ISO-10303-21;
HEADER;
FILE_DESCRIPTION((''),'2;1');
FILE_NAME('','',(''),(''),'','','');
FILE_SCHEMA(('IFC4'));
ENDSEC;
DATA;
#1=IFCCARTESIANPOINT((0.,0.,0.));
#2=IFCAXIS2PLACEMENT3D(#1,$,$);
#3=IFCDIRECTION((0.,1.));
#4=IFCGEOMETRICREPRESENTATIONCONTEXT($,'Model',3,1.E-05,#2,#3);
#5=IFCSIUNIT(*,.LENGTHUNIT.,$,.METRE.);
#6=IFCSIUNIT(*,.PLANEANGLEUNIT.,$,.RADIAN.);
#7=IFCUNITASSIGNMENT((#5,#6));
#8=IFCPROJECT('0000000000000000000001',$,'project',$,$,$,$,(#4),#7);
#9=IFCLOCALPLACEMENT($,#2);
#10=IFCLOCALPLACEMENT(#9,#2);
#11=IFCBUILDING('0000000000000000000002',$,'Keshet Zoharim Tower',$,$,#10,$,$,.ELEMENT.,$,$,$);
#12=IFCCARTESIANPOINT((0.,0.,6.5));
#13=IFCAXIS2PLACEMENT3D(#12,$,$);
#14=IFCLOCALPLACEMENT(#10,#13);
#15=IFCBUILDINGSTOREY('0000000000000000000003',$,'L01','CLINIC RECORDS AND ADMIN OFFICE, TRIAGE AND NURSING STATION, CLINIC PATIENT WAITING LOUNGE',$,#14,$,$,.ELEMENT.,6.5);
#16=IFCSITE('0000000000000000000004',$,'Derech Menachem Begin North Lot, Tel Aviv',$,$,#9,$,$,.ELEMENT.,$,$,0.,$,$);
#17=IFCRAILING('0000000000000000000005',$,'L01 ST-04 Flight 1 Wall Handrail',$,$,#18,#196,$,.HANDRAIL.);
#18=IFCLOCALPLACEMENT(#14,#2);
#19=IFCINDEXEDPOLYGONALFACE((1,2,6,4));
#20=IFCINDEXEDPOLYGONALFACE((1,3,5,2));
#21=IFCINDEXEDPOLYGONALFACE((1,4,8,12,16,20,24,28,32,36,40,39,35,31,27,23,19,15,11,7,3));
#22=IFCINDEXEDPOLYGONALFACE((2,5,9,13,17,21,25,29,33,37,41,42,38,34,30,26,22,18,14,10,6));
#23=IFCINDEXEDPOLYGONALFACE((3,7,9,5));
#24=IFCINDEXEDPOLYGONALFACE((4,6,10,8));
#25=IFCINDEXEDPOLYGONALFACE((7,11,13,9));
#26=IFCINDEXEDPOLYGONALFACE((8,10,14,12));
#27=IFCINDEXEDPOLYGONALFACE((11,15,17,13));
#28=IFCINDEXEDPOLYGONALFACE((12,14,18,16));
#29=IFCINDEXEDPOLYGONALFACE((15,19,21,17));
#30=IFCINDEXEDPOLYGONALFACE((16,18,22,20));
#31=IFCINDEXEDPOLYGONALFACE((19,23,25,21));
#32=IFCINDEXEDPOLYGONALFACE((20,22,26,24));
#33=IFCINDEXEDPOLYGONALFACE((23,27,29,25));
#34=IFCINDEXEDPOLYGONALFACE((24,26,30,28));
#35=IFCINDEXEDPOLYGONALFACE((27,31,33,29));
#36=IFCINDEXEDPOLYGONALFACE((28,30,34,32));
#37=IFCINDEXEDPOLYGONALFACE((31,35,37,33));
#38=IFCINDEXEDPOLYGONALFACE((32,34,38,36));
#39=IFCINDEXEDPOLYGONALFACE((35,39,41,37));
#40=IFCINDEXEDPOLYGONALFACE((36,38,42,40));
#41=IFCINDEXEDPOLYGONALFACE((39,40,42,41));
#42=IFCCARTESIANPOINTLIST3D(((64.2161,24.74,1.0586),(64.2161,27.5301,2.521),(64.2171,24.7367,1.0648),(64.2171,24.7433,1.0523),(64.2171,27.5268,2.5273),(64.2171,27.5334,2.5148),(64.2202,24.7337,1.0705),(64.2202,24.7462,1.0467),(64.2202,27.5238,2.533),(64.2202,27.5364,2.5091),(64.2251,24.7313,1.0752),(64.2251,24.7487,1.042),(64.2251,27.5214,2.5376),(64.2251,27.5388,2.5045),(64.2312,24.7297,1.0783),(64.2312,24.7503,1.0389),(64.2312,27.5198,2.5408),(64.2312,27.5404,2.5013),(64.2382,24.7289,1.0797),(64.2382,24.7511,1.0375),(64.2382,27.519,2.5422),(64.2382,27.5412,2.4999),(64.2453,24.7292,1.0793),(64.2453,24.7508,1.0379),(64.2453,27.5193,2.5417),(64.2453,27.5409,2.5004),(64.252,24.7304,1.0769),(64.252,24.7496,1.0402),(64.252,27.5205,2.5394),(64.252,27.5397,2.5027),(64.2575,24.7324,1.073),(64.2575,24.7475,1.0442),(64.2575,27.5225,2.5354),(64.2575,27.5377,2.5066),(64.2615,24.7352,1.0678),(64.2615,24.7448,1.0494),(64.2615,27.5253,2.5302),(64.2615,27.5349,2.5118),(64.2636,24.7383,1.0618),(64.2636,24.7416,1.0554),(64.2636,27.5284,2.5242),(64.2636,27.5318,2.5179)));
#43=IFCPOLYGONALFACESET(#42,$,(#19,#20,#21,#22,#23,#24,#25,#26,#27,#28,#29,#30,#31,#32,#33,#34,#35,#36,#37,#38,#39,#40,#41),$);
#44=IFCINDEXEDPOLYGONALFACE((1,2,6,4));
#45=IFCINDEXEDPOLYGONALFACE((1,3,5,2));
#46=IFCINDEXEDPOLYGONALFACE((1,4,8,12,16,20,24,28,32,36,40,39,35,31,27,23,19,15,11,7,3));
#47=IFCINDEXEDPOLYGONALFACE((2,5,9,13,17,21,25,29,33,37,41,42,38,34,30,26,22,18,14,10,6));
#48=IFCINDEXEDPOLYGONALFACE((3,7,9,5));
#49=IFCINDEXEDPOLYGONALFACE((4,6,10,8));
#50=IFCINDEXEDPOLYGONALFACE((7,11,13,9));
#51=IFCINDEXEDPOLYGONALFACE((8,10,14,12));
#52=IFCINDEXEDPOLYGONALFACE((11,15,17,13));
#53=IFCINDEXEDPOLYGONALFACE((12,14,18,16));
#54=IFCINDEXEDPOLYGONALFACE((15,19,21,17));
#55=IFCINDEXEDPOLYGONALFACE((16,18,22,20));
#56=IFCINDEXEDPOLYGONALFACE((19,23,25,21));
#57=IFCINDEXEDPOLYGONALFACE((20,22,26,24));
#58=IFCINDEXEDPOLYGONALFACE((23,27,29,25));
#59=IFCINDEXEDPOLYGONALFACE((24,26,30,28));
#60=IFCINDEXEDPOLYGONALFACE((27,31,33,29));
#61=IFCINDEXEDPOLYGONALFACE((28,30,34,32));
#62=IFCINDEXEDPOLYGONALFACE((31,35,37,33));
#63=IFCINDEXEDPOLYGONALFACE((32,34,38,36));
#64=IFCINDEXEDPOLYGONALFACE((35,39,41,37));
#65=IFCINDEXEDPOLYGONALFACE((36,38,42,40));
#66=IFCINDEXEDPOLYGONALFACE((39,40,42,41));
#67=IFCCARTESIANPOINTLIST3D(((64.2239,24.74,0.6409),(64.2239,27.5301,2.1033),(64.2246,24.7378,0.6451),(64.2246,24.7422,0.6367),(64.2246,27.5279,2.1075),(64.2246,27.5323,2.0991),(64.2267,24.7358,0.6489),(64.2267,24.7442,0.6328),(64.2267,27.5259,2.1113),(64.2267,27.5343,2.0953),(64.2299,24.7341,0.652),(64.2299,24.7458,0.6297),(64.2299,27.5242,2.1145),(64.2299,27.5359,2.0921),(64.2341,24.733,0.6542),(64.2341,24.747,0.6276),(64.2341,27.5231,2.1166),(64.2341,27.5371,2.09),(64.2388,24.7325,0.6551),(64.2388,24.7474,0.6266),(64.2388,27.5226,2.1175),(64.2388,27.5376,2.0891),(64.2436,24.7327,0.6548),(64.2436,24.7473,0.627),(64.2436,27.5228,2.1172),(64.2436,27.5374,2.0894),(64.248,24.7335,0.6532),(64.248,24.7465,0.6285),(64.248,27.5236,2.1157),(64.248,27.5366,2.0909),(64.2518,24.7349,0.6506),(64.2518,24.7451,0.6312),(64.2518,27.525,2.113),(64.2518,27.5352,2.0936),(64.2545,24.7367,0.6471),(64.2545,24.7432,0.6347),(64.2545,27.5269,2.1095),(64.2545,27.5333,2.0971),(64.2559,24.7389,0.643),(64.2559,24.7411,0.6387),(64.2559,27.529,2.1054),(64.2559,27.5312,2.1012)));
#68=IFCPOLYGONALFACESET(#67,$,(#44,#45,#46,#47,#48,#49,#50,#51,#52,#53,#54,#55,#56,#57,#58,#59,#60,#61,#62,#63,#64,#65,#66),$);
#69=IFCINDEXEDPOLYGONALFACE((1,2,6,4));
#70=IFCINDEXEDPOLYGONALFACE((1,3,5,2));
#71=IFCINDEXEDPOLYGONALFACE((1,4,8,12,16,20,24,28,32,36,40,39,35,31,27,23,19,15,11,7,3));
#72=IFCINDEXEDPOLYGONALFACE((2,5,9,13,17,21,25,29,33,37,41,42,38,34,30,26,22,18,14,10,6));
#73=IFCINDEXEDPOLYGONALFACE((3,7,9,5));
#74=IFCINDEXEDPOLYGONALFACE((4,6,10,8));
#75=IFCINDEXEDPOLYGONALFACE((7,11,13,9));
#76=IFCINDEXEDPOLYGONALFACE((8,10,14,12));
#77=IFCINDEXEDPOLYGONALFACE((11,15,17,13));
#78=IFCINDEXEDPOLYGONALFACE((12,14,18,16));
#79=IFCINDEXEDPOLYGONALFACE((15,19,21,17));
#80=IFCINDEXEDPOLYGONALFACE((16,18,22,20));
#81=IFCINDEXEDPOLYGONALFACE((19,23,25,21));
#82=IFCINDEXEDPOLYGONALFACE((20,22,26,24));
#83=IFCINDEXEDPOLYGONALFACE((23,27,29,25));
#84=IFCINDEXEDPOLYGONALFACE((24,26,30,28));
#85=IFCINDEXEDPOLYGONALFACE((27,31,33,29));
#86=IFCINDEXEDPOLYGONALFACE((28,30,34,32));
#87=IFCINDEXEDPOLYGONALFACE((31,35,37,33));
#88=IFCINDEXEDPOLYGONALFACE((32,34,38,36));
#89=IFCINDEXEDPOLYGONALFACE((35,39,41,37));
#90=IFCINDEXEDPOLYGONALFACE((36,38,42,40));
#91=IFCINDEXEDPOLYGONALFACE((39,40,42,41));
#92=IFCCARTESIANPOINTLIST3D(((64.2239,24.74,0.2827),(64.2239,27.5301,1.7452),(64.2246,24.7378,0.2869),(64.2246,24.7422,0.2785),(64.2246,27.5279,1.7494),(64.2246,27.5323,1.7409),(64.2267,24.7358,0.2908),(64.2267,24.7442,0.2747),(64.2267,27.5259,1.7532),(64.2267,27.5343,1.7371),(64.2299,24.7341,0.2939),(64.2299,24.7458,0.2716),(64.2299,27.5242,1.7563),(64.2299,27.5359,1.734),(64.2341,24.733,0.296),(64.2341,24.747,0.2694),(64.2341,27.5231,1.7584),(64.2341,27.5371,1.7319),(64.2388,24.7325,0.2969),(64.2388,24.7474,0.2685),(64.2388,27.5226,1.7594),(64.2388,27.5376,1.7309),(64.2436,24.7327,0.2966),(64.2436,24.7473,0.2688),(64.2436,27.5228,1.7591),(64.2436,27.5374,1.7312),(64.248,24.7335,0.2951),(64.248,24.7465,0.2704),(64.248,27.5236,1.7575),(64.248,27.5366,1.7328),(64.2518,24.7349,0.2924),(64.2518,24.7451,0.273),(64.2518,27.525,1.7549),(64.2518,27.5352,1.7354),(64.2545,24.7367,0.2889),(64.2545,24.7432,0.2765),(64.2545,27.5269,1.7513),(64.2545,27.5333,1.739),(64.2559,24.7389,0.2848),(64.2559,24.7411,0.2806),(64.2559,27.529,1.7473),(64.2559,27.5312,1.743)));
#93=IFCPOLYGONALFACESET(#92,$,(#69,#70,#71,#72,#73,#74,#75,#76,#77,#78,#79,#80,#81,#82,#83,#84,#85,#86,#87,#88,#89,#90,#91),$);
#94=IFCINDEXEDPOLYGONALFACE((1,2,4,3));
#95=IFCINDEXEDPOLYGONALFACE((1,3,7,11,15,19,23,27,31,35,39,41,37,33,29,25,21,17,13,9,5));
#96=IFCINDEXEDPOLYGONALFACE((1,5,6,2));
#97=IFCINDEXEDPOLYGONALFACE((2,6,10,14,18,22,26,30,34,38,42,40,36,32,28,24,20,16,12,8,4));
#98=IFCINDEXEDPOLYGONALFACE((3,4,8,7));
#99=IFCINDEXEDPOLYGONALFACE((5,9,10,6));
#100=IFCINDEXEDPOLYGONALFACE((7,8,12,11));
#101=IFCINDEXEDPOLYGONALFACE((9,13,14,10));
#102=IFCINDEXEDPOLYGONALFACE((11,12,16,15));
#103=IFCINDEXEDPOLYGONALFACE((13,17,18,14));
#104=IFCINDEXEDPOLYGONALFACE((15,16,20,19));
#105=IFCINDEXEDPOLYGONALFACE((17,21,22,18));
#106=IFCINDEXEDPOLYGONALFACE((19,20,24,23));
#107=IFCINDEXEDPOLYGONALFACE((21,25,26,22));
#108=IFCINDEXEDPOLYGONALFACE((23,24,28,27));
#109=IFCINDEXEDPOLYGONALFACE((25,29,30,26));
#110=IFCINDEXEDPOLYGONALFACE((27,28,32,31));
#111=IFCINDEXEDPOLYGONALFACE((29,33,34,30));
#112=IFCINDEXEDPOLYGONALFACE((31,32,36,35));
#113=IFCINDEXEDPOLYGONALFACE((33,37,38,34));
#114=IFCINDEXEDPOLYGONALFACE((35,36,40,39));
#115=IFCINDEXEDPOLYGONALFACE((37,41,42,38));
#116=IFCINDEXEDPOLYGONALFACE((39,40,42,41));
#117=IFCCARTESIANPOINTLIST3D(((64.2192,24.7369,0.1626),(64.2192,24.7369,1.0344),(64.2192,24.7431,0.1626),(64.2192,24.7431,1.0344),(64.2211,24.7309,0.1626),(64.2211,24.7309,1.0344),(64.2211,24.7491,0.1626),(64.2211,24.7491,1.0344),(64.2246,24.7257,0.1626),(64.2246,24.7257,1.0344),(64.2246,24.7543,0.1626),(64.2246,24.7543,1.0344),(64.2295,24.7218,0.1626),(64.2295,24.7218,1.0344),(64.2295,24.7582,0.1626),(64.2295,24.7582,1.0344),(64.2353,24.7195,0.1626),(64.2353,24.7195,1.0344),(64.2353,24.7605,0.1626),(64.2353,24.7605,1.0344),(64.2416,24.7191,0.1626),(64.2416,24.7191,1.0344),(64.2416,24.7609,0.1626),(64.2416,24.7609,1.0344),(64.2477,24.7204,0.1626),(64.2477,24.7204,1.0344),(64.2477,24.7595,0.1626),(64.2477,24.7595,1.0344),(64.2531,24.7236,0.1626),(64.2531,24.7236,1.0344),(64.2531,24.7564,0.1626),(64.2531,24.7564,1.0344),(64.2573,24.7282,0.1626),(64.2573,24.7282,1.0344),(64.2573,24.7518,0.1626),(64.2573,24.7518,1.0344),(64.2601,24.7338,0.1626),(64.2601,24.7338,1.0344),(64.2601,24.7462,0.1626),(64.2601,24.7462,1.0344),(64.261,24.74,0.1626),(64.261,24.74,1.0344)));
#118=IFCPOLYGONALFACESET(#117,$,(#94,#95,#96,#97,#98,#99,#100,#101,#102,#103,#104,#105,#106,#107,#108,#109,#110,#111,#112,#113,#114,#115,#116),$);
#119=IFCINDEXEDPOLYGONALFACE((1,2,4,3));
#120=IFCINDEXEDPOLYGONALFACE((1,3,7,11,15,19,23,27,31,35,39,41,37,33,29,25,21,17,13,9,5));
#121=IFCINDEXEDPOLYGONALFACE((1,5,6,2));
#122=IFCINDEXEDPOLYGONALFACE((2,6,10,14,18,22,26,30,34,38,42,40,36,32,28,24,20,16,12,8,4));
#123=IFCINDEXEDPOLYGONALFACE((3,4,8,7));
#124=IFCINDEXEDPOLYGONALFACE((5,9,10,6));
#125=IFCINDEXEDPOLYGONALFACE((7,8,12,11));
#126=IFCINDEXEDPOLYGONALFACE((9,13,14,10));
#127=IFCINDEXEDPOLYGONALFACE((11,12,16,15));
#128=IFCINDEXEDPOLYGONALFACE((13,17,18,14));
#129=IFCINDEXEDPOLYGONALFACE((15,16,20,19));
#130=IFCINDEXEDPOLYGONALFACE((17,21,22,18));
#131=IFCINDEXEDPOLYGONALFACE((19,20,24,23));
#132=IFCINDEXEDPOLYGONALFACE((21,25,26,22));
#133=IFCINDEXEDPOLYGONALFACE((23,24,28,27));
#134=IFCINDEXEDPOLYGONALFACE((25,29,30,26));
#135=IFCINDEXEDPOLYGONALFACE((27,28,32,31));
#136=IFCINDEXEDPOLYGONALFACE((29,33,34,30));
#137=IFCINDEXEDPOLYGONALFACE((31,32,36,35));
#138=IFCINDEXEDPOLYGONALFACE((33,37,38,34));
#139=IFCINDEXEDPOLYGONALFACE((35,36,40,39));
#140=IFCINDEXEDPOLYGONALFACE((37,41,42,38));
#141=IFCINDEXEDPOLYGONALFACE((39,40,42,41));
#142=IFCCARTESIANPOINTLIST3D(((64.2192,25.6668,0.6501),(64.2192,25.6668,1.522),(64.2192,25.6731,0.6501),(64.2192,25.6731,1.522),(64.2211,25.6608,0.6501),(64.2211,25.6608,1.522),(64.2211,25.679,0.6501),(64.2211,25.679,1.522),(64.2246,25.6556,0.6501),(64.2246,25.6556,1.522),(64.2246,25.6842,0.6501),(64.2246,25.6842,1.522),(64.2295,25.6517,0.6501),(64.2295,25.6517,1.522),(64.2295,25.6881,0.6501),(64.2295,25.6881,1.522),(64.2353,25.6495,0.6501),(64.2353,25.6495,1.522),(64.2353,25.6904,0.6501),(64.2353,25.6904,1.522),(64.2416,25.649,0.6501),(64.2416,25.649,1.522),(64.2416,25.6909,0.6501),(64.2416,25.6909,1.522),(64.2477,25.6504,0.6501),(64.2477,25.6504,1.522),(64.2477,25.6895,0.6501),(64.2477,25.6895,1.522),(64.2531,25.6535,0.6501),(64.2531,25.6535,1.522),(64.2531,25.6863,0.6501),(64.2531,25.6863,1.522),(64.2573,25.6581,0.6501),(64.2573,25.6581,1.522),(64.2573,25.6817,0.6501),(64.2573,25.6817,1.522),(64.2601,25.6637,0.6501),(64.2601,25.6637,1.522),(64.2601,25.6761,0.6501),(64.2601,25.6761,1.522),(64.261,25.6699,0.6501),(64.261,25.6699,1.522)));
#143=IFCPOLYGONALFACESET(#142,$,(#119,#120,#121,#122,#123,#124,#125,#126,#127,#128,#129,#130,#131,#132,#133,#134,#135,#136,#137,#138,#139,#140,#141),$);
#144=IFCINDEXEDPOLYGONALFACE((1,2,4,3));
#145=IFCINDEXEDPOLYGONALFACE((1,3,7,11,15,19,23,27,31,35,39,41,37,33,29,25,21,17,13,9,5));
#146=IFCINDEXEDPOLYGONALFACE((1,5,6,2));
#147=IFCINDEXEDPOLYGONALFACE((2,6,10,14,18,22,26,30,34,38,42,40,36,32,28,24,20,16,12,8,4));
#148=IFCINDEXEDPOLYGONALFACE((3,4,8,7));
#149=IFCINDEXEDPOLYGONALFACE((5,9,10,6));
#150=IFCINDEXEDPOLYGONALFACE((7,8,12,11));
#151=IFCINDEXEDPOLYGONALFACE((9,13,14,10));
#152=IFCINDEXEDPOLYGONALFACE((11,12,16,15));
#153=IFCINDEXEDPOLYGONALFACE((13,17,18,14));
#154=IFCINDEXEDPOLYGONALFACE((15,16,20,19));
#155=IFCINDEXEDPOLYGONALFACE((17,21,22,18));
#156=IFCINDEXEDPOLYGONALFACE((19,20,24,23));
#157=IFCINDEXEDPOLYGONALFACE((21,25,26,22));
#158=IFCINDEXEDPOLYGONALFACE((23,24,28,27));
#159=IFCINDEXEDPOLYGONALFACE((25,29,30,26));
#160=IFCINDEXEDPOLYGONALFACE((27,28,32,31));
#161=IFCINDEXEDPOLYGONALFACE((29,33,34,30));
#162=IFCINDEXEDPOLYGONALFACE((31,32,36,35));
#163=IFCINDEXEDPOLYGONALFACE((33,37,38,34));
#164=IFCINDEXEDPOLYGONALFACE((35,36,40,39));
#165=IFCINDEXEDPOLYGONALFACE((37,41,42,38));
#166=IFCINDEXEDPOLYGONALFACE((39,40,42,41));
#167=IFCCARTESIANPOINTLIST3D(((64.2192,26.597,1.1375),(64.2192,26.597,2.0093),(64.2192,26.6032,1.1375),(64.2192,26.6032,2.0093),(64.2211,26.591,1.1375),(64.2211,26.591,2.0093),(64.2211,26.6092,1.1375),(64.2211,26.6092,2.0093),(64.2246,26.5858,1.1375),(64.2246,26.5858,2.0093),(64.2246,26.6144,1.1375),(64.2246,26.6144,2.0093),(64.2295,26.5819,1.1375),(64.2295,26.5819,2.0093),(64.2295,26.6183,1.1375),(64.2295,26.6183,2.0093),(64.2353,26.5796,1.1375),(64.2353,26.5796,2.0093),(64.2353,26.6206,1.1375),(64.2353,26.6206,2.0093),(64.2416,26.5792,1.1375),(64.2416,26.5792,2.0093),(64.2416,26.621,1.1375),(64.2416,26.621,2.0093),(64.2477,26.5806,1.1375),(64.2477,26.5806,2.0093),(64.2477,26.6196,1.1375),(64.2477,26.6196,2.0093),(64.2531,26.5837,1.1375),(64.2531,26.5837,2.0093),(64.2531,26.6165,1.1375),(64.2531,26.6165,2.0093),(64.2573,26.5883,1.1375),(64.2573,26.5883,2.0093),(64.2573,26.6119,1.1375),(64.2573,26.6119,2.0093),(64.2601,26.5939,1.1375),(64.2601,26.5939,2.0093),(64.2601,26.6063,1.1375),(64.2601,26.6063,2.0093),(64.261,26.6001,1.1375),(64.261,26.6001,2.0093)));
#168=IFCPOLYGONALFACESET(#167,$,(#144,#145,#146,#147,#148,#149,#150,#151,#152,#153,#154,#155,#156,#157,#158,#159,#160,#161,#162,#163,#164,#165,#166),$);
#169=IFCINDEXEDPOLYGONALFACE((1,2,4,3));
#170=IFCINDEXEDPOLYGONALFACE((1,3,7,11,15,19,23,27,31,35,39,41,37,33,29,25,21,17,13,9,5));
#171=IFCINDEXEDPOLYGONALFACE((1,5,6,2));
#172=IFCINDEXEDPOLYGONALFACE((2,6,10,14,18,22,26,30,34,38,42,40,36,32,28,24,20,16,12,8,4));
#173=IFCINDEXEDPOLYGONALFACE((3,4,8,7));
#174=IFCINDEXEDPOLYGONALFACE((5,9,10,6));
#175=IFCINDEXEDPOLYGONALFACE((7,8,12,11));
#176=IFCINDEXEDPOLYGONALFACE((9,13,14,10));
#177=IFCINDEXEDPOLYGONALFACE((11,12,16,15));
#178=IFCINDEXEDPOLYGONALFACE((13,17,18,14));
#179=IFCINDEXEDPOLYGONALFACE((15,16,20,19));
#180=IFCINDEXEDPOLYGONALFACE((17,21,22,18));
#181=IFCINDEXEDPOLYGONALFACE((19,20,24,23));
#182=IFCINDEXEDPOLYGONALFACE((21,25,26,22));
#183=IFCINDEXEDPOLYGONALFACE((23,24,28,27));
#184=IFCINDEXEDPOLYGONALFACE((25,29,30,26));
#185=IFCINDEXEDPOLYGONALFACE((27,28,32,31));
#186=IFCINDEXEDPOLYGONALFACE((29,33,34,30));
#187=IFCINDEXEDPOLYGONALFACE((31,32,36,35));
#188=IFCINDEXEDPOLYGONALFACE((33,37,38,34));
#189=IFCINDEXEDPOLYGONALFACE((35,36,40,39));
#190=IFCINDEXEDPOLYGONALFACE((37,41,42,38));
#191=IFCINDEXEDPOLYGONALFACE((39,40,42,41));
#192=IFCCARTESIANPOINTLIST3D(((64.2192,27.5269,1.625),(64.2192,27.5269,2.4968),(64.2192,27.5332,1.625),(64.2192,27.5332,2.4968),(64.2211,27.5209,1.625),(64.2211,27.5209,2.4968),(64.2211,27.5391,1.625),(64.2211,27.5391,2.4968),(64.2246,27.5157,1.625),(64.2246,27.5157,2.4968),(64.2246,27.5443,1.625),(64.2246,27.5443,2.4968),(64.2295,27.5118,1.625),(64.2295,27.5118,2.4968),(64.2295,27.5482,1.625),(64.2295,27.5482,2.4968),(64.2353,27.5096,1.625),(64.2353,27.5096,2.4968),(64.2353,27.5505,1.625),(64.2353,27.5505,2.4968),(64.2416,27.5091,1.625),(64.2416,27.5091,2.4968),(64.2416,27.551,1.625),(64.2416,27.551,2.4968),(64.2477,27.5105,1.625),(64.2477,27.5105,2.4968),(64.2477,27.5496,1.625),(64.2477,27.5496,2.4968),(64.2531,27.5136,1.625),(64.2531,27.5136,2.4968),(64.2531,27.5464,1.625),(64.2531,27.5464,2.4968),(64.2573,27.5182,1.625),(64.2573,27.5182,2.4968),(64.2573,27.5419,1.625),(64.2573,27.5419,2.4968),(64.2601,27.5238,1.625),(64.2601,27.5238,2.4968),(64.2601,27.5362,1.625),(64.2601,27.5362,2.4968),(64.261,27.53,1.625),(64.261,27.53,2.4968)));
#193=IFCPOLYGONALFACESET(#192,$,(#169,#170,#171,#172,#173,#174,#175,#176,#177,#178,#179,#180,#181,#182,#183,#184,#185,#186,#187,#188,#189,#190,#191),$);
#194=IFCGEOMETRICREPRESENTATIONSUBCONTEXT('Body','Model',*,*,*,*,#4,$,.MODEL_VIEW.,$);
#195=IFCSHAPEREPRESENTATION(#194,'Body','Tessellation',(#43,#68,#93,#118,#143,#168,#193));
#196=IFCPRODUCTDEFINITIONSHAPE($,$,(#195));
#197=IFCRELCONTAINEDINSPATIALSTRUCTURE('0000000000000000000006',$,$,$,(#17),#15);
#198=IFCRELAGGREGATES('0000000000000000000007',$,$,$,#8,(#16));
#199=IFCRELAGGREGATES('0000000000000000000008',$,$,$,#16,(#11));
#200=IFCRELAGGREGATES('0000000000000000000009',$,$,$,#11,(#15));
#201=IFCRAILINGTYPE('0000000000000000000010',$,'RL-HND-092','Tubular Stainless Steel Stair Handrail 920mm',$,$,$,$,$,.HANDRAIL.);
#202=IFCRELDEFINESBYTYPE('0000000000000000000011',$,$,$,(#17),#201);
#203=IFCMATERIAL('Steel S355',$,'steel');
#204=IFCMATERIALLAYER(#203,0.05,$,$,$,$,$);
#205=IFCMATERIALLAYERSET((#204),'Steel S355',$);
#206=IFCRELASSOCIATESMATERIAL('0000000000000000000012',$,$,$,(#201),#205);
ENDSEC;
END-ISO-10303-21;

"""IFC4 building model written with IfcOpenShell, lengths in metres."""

from ifc_helpers import new_model, si_unit, direction, frame, origin, origin_2d, place, context, subcontext, project, spatial, circle, extrude, material, layer, layer_set, type_object, element, save


model = new_model("IFC4")

# Units and contexts
model_context = context("Model", 3, precision=1e-05, world=origin(), true_north=direction((0.0, 1.0)))
body_context = subcontext(model_context, "Body", "Model", "MODEL_VIEW")
ifc_project = project(units=[si_unit("LENGTHUNIT", "METRE"), si_unit("PLANEANGLEUNIT", "RADIAN")], contexts=[model_context])

# Site, building, storey
site_placement = place(None, origin())
site = spatial("IfcSite", under=ifc_project, at=site_placement, Name="Derech Menachem Begin North Lot, Tel Aviv", CompositionType="ELEMENT", RefElevation=0.0)
building_placement = place(site_placement, origin())
building = spatial("IfcBuilding", under=site, at=building_placement, Name="Keshet Zoharim Tower", CompositionType="ELEMENT")
storey_placement = place(building_placement, frame((0.0, 0.0, 6.5)))
storey = spatial("IfcBuildingStorey", under=building, at=storey_placement, Name="L01", Description="CLINIC RECORDS AND ADMIN OFFICE, TRIAGE AND NURSING STATION, CLINIC PATIENT WAITING LOUNGE", CompositionType="ELEMENT", Elevation=6.5)

# Shared definitions
ifc_material_1 = material(Name="Steel S355", Category="steel")

# Railing
ifc_layer_1 = layer(ifc_material_1, 0.05)
ifc_layer_set_1 = layer_set([ifc_layer_1], Name="Steel S355")
railing_type_1 = type_object("IfcRailingType", Name="RL-HND-092", Description="Tubular Stainless Steel Stair Handrail 920mm", PredefinedType="HANDRAIL", material=ifc_layer_set_1)
railing_1_placement = place(storey_placement, frame((64.24, 24.74, 0.1626)))
element("IfcRailing", 1, at=railing_1_placement, inside=storey, type_object=railing_type_1, Name="L01 ST-04 Flight 1 Wall Handrail", PredefinedType="HANDRAIL", context=body_context, shape_type="SweptSolid", body=[
    extrude(circle(Radius=0.0239, at=origin_2d()), frame((0.0, 0.0, 0.896), z_axis=(0.0, 0.885707, 0.464244), x_axis=(-1.0, 0.0, 0.0)), (0.0, 0.0, 1.0), 3.1501),
    extrude(circle(Radius=0.0161, at=origin_2d()), frame((0.0, 0.0, 0.4783), z_axis=(0.0, 0.885707, 0.464244), x_axis=(-1.0, 0.0, 0.0)), (0.0, 0.0, 1.0), 3.1501),
    extrude(circle(Radius=0.0161, at=origin_2d()), frame((0.0, 0.0, 0.1201), z_axis=(0.0, 0.885707, 0.464244), x_axis=(-1.0, 0.0, 0.0)), (0.0, 0.0, 1.0), 3.1501),
    extrude(circle(Radius=0.021, at=origin_2d()), origin(), (0.0, 0.0, 1.0), 0.8718),
    extrude(circle(Radius=0.021, at=origin_2d()), frame((0.0, 0.9299, 0.4875)), (0.0, 0.0, 1.0), 0.8718),
    extrude(circle(Radius=0.021, at=origin_2d()), frame((0.0, 1.8601, 0.9749)), (0.0, 0.0, 1.0), 0.8718),
    extrude(circle(Radius=0.021, at=origin_2d()), frame((0.0, 2.79, 1.4624)), (0.0, 0.0, 1.0), 0.8718),
])

save(model, "model.ifc")
